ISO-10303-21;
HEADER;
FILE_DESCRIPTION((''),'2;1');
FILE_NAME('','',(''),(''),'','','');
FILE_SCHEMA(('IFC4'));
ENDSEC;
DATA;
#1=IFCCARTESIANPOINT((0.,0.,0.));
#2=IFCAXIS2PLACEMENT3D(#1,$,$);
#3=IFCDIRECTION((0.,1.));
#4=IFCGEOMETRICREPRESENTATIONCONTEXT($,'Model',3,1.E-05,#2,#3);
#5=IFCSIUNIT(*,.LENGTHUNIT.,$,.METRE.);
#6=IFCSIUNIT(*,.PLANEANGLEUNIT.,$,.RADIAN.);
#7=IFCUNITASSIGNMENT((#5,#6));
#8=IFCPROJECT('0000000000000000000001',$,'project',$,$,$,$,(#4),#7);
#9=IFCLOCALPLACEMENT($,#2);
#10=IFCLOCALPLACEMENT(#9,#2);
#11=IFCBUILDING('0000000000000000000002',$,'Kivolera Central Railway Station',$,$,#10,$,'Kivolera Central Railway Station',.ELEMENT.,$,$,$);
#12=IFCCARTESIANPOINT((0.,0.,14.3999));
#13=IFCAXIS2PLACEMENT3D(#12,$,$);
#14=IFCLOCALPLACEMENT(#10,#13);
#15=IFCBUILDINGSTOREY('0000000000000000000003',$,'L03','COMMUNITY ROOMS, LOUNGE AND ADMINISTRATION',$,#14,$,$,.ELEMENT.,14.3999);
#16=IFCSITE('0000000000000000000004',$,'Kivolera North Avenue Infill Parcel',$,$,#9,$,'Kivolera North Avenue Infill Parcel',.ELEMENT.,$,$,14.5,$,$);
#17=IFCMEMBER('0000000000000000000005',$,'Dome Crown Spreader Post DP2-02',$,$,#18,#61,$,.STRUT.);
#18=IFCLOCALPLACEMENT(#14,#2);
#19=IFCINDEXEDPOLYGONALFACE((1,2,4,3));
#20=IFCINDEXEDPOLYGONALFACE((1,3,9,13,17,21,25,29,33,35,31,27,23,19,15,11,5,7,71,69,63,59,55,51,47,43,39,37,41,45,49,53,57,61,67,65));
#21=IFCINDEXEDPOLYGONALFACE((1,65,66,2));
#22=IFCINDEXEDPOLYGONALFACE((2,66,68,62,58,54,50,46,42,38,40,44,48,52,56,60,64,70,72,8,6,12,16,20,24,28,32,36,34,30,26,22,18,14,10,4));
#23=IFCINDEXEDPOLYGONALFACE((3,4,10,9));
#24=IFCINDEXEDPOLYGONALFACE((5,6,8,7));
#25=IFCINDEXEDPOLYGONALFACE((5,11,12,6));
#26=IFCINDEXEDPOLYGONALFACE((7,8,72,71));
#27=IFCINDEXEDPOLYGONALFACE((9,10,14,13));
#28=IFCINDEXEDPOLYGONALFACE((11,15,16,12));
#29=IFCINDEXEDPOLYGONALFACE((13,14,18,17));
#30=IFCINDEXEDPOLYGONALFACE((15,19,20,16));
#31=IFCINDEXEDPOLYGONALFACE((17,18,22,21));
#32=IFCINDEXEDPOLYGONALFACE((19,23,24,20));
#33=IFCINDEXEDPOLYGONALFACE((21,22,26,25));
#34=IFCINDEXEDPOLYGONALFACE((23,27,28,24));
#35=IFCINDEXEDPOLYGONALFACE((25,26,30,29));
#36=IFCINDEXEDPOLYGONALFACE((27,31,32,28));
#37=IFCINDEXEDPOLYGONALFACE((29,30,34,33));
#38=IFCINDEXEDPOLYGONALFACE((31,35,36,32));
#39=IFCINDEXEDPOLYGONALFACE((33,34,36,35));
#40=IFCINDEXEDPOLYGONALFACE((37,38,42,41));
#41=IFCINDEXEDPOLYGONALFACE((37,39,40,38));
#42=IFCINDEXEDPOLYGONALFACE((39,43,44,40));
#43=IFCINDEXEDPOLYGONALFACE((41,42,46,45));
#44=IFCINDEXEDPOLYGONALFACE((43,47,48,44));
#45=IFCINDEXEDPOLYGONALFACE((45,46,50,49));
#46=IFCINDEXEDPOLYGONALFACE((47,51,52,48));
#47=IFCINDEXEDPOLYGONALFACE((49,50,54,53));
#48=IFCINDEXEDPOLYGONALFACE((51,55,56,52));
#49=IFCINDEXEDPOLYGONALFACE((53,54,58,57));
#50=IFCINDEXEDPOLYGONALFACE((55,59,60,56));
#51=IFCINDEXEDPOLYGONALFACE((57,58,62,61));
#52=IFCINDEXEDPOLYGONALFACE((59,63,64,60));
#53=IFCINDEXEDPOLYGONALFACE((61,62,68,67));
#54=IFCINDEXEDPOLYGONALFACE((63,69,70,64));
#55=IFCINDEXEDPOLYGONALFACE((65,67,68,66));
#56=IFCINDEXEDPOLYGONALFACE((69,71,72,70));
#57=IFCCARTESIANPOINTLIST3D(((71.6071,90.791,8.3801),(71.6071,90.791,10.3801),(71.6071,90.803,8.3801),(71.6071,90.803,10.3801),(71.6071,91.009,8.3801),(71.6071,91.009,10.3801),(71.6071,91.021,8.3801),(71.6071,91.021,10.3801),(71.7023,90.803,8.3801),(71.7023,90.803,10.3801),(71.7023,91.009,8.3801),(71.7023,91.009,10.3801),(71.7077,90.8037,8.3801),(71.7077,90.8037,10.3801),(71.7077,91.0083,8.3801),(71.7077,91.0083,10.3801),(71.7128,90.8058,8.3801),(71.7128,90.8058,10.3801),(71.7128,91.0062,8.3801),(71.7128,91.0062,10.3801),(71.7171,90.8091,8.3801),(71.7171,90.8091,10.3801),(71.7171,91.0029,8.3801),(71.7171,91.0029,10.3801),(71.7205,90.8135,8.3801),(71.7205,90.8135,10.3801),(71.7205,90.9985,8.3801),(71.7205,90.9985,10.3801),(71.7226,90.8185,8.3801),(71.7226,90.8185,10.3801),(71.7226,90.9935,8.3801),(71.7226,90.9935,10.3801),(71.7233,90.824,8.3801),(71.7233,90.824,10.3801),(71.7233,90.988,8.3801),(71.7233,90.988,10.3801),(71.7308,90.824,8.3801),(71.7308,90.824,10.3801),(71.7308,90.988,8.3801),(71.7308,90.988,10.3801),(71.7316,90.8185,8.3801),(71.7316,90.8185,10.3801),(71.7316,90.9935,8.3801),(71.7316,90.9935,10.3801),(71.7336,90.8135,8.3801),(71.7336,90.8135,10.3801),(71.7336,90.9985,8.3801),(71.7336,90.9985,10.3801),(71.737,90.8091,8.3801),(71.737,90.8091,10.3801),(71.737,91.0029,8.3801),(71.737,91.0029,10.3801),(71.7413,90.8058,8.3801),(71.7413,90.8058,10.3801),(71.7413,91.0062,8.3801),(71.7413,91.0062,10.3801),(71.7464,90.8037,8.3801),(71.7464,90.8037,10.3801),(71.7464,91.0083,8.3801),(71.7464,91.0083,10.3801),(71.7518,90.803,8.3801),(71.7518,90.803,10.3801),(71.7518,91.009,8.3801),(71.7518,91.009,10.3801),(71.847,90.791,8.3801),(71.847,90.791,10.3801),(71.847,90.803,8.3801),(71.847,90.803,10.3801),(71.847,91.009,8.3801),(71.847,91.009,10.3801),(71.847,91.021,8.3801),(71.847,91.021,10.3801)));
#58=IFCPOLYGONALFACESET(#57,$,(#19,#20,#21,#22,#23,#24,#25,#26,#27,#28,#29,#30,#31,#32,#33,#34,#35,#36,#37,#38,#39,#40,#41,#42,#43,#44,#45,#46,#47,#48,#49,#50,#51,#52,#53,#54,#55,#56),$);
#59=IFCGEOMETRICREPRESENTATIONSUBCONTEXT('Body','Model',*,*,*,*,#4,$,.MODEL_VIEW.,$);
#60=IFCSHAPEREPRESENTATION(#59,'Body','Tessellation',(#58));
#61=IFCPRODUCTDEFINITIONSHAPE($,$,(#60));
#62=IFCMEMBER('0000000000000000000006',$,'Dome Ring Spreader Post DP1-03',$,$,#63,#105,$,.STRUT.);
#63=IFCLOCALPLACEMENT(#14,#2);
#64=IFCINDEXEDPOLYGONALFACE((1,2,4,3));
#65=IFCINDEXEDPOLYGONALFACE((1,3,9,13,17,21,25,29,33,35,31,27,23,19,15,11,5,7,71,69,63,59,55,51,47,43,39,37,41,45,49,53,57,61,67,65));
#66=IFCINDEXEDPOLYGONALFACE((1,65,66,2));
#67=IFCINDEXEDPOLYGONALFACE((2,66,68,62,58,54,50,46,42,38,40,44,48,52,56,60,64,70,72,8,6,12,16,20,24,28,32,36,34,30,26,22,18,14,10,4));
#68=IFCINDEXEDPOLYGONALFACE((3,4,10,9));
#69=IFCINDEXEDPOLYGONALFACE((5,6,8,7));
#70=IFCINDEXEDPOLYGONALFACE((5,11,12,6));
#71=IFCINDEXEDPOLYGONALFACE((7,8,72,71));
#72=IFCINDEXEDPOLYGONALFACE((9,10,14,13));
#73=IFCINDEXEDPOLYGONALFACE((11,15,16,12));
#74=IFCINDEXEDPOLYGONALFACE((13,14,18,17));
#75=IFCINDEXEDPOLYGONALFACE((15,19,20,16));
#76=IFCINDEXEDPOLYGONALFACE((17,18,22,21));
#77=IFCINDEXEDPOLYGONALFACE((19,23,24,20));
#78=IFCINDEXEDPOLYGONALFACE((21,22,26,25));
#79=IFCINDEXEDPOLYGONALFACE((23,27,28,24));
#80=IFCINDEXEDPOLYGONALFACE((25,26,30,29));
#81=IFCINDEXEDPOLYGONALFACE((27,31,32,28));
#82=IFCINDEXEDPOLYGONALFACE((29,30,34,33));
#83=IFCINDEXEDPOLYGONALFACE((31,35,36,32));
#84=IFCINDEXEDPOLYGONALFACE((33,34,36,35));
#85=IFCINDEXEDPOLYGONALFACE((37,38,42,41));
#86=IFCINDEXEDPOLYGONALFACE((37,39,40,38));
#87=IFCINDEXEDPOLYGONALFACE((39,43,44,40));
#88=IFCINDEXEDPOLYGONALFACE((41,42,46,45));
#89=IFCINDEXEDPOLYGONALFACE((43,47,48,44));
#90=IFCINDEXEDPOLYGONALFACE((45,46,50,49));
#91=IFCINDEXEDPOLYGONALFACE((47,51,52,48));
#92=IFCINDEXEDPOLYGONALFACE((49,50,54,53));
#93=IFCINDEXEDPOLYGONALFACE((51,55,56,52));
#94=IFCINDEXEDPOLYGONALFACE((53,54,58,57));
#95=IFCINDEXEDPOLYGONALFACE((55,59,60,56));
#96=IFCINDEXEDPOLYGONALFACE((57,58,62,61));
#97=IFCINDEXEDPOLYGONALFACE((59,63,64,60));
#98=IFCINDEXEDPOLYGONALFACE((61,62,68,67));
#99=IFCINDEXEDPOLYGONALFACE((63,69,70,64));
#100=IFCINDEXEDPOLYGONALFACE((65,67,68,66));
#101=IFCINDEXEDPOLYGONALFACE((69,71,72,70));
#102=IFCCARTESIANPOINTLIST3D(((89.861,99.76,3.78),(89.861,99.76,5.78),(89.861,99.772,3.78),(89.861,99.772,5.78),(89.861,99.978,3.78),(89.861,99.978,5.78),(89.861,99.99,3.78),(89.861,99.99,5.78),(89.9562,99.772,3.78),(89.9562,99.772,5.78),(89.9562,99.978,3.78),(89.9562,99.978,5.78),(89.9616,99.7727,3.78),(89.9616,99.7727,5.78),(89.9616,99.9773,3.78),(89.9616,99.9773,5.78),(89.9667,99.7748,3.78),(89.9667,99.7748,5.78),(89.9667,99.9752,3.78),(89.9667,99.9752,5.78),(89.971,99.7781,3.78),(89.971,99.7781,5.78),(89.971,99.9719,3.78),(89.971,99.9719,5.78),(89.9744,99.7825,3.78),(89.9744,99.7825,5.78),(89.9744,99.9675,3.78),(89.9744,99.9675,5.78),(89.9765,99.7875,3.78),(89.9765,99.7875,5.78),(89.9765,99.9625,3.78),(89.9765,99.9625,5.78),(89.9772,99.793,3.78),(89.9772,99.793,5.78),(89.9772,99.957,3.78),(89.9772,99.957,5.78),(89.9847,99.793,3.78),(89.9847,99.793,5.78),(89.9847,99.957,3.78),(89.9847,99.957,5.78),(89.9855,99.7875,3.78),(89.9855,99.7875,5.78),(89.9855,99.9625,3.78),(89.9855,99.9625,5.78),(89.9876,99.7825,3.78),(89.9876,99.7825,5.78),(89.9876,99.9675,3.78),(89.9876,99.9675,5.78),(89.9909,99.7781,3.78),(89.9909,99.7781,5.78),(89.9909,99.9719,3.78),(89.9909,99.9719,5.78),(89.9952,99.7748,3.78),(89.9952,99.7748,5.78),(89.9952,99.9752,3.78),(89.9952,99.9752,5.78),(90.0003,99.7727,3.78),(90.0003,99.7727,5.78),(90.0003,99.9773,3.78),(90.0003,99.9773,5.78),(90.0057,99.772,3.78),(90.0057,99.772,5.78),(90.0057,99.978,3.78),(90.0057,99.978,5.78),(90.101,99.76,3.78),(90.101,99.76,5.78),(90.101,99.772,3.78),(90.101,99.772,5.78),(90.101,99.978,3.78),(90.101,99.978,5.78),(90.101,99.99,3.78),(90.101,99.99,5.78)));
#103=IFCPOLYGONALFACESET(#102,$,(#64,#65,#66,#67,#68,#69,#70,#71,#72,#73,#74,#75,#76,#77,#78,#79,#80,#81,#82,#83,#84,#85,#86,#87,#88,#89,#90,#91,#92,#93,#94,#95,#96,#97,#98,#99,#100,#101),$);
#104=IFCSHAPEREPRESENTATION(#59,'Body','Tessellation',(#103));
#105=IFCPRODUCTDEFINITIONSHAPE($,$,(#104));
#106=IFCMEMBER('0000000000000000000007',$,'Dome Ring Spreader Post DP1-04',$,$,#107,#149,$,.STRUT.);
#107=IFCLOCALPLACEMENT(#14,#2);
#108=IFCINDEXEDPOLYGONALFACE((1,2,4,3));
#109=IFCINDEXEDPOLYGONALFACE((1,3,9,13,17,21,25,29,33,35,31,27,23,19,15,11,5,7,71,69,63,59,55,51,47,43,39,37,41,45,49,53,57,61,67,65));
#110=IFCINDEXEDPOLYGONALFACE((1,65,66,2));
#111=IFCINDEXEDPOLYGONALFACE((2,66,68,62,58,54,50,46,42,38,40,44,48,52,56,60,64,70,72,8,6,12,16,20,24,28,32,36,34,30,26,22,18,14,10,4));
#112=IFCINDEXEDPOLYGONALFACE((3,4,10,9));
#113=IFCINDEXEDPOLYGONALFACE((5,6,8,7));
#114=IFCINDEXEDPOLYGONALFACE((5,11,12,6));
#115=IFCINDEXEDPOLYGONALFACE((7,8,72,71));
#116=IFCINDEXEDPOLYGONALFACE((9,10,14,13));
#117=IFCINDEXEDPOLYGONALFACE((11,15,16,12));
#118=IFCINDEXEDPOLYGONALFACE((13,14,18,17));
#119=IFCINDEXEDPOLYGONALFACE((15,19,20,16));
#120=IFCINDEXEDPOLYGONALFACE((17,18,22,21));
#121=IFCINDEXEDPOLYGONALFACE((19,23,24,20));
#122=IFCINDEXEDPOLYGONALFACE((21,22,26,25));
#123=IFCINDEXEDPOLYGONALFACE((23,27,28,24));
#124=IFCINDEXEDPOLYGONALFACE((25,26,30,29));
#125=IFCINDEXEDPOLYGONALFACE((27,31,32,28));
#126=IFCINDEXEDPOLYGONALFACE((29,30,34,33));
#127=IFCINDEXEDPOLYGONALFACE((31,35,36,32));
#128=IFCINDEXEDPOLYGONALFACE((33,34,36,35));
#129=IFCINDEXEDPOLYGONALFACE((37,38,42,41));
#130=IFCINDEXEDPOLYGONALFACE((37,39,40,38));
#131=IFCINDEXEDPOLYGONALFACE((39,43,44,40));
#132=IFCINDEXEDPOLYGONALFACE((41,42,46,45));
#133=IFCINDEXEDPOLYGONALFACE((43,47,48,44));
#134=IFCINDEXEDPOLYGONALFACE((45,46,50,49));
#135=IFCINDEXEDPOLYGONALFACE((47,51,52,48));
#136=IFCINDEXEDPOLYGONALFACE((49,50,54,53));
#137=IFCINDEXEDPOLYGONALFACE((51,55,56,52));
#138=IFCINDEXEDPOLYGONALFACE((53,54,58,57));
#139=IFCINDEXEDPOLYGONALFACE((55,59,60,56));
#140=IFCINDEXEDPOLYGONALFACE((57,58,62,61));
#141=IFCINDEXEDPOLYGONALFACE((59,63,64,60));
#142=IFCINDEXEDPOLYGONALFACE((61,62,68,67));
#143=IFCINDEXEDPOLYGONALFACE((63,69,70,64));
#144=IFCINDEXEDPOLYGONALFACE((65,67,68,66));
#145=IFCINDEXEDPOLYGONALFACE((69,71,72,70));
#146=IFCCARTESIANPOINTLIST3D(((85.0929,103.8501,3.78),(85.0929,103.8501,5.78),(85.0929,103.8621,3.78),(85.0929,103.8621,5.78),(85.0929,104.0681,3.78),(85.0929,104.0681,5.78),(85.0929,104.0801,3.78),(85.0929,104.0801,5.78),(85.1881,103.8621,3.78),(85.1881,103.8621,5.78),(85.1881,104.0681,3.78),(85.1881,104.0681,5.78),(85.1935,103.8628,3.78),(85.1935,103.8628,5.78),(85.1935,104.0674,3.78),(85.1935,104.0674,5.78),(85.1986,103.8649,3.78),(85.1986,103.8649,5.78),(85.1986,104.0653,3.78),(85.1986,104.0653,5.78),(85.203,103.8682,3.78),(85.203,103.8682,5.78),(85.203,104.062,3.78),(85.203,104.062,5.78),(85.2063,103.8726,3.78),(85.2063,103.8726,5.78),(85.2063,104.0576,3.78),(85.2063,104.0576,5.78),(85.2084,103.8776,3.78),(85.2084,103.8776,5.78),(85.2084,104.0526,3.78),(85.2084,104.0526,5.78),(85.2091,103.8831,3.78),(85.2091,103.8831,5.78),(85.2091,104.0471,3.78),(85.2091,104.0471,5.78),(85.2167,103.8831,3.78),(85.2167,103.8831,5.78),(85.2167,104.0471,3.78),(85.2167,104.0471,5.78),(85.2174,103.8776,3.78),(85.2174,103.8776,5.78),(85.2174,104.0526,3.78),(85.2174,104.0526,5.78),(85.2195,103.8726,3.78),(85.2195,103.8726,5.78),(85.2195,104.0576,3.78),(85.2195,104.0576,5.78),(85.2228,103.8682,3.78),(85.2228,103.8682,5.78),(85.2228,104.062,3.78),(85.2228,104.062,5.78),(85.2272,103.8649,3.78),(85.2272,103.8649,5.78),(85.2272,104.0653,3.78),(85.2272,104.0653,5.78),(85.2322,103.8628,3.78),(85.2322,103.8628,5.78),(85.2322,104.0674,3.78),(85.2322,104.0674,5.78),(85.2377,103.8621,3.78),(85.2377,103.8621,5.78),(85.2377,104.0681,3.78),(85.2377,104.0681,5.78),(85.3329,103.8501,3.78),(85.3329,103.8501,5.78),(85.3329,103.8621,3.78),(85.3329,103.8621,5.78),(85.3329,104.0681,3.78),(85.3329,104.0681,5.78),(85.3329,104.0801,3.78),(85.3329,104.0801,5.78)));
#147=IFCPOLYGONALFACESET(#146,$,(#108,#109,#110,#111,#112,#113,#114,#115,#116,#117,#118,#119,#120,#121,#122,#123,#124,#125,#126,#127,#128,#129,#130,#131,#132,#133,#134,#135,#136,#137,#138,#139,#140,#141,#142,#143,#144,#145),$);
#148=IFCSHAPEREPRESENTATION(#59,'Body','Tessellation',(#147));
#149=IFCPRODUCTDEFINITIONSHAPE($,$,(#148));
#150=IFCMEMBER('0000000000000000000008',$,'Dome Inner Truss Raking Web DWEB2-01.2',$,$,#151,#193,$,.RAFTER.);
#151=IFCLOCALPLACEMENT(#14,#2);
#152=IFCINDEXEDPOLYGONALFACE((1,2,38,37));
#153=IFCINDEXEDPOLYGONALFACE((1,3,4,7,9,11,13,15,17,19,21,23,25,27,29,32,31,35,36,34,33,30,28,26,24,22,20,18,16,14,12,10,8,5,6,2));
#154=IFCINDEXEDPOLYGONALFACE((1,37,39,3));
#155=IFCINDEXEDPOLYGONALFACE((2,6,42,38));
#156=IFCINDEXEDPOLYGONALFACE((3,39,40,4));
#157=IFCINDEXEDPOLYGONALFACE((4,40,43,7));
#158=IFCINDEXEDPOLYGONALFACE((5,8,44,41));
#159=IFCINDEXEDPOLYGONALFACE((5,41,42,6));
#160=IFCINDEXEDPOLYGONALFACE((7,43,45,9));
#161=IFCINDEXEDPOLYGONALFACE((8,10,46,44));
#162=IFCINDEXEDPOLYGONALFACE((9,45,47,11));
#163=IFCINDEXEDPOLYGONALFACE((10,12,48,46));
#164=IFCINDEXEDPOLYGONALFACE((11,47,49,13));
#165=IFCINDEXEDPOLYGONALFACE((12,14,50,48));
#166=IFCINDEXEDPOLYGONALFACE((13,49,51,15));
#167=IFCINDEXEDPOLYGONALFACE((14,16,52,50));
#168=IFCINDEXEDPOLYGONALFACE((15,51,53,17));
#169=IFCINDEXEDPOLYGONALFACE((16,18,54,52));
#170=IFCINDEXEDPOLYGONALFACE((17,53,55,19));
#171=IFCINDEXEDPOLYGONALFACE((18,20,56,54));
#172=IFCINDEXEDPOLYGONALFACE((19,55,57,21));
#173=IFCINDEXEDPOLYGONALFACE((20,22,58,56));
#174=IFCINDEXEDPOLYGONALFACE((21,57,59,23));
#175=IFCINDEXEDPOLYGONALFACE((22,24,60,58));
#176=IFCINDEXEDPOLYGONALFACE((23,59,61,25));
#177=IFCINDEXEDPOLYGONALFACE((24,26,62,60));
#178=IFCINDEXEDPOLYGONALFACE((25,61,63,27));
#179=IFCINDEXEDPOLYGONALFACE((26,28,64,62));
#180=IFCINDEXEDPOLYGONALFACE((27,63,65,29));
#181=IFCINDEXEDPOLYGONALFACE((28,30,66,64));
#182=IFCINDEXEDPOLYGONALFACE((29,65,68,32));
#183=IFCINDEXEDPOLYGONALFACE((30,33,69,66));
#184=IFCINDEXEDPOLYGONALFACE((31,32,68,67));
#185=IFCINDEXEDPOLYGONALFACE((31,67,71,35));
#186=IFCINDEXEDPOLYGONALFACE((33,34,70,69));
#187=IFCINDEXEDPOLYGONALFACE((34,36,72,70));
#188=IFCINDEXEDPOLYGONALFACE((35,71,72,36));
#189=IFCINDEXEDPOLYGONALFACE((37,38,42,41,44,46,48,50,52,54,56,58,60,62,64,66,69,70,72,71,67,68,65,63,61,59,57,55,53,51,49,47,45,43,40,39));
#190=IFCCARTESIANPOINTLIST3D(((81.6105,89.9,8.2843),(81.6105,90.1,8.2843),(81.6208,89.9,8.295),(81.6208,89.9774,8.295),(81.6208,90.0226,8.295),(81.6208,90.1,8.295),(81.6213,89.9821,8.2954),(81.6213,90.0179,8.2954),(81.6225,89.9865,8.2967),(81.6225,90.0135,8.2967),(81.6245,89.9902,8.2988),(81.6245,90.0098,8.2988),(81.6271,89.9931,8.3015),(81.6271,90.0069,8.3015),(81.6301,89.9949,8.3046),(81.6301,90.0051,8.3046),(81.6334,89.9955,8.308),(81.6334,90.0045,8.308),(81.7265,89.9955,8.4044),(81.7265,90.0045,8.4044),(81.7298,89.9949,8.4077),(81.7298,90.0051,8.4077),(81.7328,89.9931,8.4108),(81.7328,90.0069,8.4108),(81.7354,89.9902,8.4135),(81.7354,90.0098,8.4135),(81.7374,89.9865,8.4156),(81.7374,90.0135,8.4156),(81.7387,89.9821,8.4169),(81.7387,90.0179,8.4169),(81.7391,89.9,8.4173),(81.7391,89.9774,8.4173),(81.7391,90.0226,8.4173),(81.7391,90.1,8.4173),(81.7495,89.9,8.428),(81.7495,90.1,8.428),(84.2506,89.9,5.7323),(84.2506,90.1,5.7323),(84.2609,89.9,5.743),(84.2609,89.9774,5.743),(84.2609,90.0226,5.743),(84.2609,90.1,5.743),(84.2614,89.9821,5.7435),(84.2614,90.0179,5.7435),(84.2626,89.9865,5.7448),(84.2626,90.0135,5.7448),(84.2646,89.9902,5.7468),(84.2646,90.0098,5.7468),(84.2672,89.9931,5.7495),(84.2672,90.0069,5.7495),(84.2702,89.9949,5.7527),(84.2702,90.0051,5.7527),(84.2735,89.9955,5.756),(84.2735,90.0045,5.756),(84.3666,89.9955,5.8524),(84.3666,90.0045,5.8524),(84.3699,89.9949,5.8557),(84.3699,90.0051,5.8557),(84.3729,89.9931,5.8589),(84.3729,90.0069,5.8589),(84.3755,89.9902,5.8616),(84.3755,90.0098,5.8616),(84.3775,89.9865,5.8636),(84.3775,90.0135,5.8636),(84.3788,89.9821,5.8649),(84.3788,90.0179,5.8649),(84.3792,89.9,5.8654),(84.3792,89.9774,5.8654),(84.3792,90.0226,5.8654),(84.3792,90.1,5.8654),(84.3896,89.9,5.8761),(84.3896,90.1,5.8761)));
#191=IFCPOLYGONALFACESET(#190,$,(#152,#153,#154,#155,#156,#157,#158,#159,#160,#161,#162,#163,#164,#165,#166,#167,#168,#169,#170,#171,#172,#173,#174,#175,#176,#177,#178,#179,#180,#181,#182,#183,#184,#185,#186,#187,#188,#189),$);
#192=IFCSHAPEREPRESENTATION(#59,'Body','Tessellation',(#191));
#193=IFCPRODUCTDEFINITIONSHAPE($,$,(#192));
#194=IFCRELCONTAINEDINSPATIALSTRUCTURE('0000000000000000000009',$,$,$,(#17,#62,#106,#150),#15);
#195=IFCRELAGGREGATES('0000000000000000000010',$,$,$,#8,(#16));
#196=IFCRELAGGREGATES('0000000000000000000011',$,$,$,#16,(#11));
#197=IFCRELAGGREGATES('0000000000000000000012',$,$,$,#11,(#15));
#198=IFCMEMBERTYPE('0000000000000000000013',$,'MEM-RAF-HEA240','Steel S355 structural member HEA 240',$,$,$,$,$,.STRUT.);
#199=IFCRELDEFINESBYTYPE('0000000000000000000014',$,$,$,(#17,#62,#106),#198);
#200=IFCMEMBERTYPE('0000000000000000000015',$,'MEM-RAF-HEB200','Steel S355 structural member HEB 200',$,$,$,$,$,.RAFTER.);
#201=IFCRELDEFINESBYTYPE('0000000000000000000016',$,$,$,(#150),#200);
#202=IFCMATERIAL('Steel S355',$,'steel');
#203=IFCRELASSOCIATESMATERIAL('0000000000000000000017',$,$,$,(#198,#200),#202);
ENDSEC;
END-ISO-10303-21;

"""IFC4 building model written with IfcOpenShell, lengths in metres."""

from ifc_helpers import new_model, si_unit, direction, frame, origin, origin_2d, place, context, subcontext, project, spatial, i_section, extrude, material, material_profile, profile_set, type_object, element, save


model = new_model("IFC4")

# Units and contexts
model_context = context("Model", 3, precision=1e-05, world=origin(), true_north=direction((0.0, 1.0)))
body_context = subcontext(model_context, "Body", "Model", "MODEL_VIEW")
ifc_project = project(units=[si_unit("LENGTHUNIT", "METRE"), si_unit("PLANEANGLEUNIT", "RADIAN")], contexts=[model_context])

# Site, building, storey
site_placement = place(None, origin())
site = spatial("IfcSite", under=ifc_project, at=site_placement, Name="Kivolera North Avenue Infill Parcel", LongName="Kivolera North Avenue Infill Parcel", CompositionType="ELEMENT", RefElevation=14.5)
building_placement = place(site_placement, origin())
building = spatial("IfcBuilding", under=site, at=building_placement, Name="Kivolera Central Railway Station", LongName="Kivolera Central Railway Station", CompositionType="ELEMENT")
storey_placement = place(building_placement, frame((0.0, 0.0, 14.3999)))
storey = spatial("IfcBuildingStorey", under=building, at=storey_placement, Name="L03", Description="COMMUNITY ROOMS, LOUNGE AND ADMINISTRATION", CompositionType="ELEMENT", Elevation=14.3999)

# Shared definitions
ifc_material_1 = material(Name="Steel S355", Category="steel")

# Members
ifc_material_profile_1 = material_profile(ifc_material_1, i_section(OverallWidth=0.24, OverallDepth=0.23, WebThickness=0.0076, FlangeThickness=0.012, FilletRadius=0.021, at=origin_2d()), Name="HEA 240")
ifc_profile_set_1 = profile_set([ifc_material_profile_1], Name="Steel S355")
member_type_1 = type_object("IfcMemberType", Name="MEM-RAF-HEA240", Description="Steel S355 structural member HEA 240", PredefinedType="STRUT", material=ifc_profile_set_1)
for number, where, z_axis, x_axis, name in (
    (1, (71.7271, 90.906, 8.3801), (0.0, 0.0, 1.0), (1.0, 0.0, 0.0), "Dome Crown Spreader Post DP2-02"),
    (2, (89.981, 99.875, 3.78), (0.0, 0.0, 1.0), (1.0, 0.0, 0.0), "Dome Ring Spreader Post DP1-03"),
    (3, (85.2129, 103.9651, 3.78), (0.0, 0.0, 1.0), (1.0, 0.0, 0.0), "Dome Ring Spreader Post DP1-04"),
):
    element("IfcMember", number, at=place(storey_placement, frame(where, z_axis=z_axis, x_axis=x_axis)), inside=storey, type_object=member_type_1, Name=name, PredefinedType="STRUT", context=body_context, shape_type="SweptSolid", body=[
        extrude(i_section(OverallWidth=0.24, OverallDepth=0.23, WebThickness=0.0076, FlangeThickness=0.012, FilletRadius=0.021, at=origin_2d()), origin(), (0.0, 0.0, 1.0), 2.0),
    ])
ifc_material_profile_2 = material_profile(ifc_material_1, i_section(OverallWidth=0.2, OverallDepth=0.2, WebThickness=0.009, FlangeThickness=0.0149, FilletRadius=0.0181, at=origin_2d()), Name="HEB 200")
ifc_profile_set_2 = profile_set([ifc_material_profile_2], Name="Steel S355")
member_type_2 = type_object("IfcMemberType", Name="MEM-RAF-HEB200", Description="Steel S355 structural member HEB 200", PredefinedType="RAFTER", material=ifc_profile_set_2)
for number, where, z_axis, x_axis, name in (
    (4, (84.3201, 90.0, 5.8042), (-0.719006, 0.0, 0.695004), (0.0, -1.0, 0.0), "Dome Inner Truss Raking Web DWEB2-01.2"),
):
    element("IfcMember", number, at=place(storey_placement, frame(where, z_axis=z_axis, x_axis=x_axis)), inside=storey, type_object=member_type_2, Name=name, PredefinedType="RAFTER", context=body_context, shape_type="SweptSolid", body=[
        extrude(i_section(OverallWidth=0.2, OverallDepth=0.2, WebThickness=0.009, FlangeThickness=0.0149, FilletRadius=0.0181, at=origin_2d()), origin(), (0.0, 0.0, 1.0), 3.6719),
    ])

save(model, "model.ifc")
